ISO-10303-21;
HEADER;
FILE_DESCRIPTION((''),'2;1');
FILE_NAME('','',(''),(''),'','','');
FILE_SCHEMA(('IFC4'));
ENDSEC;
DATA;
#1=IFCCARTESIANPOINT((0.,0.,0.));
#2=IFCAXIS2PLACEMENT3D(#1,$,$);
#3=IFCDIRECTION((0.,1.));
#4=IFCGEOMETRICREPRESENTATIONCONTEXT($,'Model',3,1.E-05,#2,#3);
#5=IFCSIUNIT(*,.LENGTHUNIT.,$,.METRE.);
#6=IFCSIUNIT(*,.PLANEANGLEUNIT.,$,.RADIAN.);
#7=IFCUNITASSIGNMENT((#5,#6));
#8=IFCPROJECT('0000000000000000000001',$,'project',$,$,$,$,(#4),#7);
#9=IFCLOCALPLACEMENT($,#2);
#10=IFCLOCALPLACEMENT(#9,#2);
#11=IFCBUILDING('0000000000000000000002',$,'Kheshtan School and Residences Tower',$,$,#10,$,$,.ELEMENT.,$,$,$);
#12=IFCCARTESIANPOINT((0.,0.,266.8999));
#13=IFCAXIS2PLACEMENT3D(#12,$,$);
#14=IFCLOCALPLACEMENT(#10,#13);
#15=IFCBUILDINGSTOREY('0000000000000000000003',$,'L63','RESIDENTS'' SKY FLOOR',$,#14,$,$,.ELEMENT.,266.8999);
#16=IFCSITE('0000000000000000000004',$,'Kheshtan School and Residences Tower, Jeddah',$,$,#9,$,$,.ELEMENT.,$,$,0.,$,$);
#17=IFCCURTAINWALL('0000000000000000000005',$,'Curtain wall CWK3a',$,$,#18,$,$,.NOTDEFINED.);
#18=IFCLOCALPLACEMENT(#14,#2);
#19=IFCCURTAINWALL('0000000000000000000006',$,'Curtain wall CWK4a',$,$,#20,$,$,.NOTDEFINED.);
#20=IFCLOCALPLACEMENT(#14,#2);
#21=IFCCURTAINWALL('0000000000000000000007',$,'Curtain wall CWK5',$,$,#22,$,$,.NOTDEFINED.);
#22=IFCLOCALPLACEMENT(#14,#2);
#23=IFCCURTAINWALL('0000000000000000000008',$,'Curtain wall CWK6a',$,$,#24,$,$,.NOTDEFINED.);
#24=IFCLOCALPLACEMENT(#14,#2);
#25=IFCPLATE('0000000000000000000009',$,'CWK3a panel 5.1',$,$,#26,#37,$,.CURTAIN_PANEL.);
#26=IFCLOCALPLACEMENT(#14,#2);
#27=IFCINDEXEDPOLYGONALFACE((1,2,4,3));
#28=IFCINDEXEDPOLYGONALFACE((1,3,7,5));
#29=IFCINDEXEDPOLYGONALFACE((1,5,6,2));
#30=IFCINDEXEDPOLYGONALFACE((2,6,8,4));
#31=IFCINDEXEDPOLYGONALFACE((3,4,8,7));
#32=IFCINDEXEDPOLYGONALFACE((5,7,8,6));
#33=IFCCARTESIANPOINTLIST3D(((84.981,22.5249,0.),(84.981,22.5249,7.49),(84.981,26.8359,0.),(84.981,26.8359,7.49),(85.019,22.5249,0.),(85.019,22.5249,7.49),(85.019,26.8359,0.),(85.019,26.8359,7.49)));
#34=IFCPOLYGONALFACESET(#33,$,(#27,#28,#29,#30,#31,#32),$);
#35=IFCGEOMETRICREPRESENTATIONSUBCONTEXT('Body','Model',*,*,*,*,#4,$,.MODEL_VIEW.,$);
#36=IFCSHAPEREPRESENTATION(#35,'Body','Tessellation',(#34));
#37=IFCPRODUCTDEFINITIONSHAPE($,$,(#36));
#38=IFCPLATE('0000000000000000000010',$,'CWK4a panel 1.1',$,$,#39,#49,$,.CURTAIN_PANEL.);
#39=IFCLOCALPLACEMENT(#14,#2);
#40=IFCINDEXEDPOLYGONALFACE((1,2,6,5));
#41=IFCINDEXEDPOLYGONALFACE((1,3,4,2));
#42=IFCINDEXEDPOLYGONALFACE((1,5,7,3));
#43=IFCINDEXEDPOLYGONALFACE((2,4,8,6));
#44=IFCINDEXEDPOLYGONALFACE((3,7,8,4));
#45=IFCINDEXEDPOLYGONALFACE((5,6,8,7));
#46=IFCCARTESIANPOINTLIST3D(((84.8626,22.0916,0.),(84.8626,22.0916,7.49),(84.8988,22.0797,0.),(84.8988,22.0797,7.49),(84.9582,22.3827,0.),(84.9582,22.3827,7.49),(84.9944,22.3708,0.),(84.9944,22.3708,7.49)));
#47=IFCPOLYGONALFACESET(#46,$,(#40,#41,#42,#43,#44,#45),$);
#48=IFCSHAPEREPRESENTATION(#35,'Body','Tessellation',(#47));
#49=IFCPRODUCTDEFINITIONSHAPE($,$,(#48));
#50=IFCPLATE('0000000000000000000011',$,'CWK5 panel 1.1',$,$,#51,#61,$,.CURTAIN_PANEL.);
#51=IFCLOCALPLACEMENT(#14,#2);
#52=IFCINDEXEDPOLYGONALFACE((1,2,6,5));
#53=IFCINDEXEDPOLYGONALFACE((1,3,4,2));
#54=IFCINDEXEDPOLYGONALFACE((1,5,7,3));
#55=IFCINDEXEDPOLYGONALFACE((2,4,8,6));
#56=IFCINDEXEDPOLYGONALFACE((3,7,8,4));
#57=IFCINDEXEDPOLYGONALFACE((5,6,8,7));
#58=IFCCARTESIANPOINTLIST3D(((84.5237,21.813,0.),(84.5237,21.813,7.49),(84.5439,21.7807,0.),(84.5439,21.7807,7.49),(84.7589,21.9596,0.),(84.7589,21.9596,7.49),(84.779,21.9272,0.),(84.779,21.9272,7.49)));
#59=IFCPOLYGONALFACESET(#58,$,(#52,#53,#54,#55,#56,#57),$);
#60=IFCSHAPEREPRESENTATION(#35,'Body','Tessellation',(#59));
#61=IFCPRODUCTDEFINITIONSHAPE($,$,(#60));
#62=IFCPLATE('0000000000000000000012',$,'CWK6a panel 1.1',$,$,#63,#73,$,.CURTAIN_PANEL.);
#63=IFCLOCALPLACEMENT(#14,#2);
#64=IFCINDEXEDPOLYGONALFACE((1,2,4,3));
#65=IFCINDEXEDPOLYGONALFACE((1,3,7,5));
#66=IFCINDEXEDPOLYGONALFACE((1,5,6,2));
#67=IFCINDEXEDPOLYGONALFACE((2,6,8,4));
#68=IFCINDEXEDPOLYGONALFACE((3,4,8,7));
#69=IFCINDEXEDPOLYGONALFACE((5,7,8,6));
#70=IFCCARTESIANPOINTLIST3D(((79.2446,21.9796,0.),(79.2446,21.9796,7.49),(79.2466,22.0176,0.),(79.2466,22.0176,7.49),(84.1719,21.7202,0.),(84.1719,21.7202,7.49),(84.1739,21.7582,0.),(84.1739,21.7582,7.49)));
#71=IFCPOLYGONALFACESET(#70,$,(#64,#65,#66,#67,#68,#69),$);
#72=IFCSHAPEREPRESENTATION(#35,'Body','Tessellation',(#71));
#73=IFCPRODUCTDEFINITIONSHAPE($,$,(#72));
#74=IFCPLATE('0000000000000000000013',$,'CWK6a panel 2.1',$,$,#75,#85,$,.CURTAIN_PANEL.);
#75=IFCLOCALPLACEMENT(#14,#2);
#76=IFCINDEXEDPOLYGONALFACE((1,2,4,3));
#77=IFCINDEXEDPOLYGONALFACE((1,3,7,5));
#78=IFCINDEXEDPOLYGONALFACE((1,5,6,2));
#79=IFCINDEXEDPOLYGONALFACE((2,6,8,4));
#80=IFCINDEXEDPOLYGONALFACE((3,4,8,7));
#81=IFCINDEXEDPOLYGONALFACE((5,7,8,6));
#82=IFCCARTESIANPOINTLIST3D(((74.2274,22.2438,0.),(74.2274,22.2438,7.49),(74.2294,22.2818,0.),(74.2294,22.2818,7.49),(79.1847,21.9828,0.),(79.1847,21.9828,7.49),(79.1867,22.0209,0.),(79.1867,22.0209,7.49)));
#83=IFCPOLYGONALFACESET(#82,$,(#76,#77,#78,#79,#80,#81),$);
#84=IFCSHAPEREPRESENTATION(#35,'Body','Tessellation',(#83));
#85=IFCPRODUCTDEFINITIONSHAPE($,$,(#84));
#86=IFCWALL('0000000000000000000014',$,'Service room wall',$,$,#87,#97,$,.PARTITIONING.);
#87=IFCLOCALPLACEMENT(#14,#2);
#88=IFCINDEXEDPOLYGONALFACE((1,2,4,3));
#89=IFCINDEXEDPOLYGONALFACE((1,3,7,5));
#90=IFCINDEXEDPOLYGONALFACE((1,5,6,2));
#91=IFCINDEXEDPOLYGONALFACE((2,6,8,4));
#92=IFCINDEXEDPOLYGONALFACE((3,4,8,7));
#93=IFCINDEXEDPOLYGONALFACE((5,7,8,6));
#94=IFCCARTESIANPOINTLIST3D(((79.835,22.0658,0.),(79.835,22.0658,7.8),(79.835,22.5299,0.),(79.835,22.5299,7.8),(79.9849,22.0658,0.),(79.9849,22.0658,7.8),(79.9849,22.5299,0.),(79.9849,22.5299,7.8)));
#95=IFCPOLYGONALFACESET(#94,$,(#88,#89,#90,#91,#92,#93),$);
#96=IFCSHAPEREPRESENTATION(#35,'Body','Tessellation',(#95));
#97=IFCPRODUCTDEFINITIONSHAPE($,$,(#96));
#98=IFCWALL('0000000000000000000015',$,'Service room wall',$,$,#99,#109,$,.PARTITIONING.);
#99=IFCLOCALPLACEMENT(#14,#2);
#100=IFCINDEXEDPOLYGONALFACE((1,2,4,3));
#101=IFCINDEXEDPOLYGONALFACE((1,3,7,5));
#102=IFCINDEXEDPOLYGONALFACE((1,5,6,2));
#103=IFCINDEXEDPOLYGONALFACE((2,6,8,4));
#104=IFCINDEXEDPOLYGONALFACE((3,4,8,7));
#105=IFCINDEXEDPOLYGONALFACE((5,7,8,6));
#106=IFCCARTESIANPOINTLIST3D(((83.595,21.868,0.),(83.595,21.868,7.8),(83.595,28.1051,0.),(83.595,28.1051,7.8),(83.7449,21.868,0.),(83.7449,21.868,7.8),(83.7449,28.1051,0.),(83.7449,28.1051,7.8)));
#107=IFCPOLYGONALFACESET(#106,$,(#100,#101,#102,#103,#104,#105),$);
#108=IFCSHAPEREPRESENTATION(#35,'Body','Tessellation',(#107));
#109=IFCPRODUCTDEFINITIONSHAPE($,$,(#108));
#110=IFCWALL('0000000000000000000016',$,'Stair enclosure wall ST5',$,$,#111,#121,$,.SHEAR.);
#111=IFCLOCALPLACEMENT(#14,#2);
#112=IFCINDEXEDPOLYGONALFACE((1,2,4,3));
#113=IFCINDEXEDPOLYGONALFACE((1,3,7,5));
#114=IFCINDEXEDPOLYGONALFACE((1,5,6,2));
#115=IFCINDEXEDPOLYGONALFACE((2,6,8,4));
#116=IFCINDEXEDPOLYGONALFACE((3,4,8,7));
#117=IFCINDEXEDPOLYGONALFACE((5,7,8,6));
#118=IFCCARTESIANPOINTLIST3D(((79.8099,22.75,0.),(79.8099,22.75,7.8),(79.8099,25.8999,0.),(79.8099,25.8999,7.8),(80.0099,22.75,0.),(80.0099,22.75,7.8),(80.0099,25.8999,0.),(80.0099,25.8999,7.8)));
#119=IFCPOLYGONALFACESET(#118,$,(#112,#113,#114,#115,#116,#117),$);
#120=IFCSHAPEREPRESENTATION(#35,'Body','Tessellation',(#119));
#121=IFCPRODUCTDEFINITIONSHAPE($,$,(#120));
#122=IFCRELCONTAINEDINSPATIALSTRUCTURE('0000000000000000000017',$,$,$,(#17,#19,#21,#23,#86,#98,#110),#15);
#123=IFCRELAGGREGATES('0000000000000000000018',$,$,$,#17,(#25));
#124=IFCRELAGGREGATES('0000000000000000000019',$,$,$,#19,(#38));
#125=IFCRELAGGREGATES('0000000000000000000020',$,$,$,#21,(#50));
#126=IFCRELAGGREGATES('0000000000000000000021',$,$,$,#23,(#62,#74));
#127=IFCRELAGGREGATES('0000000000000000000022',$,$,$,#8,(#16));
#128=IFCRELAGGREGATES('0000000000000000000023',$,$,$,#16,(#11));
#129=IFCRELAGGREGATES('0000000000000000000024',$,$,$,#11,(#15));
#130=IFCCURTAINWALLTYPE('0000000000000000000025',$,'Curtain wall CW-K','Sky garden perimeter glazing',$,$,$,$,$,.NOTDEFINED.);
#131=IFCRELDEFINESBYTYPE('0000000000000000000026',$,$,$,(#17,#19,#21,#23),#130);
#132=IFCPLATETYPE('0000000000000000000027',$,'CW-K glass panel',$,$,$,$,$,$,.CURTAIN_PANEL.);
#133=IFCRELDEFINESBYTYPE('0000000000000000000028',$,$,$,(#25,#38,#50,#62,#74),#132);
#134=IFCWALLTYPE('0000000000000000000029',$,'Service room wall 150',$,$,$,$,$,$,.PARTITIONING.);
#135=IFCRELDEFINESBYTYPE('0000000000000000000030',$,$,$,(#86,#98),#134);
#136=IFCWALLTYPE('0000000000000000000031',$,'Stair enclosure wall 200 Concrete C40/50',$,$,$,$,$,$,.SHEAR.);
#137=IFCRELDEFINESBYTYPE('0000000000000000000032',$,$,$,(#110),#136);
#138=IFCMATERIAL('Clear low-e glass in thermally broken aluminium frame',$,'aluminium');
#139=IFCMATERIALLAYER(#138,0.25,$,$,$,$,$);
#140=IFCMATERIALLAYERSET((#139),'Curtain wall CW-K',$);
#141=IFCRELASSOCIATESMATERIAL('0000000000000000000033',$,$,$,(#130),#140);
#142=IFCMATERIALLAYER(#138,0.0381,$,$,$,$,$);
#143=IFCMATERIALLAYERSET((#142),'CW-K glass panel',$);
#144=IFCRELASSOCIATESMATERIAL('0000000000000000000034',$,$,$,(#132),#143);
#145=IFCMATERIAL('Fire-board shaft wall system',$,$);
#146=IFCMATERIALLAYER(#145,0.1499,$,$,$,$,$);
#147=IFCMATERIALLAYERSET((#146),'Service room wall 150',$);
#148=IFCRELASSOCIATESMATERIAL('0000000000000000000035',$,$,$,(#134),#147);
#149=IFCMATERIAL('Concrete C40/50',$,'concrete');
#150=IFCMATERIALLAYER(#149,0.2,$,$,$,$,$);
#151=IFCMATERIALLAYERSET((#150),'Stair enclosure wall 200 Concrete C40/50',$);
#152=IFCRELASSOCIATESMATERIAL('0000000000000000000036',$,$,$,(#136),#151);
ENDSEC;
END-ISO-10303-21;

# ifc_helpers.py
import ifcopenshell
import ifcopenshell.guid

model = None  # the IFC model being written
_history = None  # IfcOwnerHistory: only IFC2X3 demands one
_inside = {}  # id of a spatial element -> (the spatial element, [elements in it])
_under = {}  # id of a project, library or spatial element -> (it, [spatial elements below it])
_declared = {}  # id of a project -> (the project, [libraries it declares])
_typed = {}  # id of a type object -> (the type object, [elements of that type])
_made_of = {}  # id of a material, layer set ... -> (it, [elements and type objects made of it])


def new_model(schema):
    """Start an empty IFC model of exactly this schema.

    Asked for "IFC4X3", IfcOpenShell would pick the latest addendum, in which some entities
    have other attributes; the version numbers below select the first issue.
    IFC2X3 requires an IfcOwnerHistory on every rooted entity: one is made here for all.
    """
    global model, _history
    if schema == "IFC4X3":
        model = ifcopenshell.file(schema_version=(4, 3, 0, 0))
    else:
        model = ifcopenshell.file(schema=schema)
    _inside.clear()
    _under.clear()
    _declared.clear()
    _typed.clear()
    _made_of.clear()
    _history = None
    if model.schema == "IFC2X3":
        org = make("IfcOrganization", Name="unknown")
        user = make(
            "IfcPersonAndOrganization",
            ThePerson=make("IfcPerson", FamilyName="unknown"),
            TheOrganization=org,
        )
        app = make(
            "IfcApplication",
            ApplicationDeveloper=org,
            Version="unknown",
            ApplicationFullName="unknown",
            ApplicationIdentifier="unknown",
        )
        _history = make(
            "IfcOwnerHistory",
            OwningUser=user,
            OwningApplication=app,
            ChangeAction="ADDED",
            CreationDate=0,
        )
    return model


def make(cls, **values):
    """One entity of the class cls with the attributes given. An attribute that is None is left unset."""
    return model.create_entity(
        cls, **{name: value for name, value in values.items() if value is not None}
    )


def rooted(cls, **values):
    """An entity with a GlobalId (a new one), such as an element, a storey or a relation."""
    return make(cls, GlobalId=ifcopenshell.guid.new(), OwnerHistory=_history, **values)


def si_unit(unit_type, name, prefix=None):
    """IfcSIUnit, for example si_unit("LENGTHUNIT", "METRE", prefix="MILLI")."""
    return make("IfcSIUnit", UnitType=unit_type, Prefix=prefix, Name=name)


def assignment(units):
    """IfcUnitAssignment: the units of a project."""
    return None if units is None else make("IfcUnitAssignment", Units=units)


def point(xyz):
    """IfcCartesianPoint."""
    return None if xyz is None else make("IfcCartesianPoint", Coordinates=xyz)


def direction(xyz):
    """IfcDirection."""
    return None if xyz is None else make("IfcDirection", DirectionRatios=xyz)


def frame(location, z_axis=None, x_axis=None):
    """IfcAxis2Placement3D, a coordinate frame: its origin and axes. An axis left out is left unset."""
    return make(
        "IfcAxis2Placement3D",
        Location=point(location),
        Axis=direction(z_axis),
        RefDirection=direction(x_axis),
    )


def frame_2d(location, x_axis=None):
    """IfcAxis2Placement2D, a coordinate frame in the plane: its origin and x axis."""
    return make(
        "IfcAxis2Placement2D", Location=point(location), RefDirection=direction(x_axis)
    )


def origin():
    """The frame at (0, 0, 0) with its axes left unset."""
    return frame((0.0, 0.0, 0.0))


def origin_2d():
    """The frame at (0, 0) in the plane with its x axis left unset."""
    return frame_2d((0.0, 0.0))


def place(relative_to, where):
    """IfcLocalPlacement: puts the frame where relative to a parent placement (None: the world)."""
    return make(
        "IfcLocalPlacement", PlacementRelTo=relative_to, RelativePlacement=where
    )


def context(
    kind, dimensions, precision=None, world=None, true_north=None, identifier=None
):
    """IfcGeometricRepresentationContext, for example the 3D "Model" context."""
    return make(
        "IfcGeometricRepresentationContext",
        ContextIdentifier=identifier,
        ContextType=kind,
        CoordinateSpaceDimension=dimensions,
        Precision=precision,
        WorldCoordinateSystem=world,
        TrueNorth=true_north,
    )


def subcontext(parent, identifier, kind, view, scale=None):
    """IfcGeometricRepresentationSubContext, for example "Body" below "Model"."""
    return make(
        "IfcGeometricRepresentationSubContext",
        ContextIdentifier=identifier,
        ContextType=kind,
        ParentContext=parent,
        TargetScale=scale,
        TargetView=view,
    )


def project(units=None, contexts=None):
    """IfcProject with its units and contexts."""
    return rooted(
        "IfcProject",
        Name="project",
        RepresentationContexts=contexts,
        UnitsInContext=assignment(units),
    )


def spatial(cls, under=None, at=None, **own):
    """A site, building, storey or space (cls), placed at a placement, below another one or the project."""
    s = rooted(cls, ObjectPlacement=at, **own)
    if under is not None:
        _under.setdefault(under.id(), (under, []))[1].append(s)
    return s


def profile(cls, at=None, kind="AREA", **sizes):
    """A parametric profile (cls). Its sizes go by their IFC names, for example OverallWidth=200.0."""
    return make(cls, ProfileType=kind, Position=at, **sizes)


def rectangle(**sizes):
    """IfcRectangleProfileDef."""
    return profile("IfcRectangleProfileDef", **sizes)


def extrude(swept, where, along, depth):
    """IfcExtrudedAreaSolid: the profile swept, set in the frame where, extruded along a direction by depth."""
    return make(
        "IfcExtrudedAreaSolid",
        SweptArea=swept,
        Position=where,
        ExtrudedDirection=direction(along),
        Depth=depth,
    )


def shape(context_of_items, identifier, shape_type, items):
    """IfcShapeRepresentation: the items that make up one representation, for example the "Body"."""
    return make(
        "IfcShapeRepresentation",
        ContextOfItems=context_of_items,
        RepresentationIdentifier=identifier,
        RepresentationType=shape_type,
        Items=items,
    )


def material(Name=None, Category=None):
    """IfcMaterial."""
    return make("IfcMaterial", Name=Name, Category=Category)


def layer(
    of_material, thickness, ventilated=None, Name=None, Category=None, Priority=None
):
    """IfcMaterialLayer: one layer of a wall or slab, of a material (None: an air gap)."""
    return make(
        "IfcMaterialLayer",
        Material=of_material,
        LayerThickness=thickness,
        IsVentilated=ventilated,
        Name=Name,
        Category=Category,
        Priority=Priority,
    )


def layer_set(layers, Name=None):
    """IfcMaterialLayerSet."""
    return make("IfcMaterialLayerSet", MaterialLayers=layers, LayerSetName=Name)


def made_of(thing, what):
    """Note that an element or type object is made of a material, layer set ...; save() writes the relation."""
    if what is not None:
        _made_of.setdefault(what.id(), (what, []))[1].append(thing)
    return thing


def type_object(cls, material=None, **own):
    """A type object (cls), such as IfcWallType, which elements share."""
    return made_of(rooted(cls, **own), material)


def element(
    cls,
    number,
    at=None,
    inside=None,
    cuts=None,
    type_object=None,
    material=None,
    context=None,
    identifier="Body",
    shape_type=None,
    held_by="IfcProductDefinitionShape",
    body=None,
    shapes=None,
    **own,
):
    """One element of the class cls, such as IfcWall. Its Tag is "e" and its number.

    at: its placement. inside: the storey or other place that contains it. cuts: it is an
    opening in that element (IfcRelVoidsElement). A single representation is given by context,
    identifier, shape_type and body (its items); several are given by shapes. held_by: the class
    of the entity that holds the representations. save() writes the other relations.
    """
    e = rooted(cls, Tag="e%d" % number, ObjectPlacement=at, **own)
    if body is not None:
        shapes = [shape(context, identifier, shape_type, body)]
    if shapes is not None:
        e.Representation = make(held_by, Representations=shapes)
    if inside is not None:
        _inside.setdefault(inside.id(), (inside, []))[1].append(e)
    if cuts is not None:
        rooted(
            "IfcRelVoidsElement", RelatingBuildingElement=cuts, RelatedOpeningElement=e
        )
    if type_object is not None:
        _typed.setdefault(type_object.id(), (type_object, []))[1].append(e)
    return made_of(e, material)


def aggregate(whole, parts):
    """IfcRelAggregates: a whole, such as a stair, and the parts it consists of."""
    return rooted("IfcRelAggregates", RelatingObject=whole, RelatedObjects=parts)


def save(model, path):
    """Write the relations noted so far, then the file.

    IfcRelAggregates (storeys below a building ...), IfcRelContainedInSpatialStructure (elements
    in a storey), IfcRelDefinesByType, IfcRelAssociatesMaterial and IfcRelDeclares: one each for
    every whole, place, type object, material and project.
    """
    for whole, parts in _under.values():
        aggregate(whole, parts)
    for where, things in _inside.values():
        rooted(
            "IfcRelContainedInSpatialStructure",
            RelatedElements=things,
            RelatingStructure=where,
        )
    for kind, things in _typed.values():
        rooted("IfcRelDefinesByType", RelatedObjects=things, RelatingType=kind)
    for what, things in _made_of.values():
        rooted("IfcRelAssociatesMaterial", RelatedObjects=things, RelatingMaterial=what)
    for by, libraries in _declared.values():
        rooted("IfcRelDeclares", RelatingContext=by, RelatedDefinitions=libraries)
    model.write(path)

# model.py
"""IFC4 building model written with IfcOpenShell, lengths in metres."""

from ifc_helpers import new_model, si_unit, direction, frame, frame_2d, origin, origin_2d, place, context, subcontext, project, spatial, rectangle, extrude, material, layer, layer_set, type_object, element, aggregate, save


model = new_model("IFC4")

# Units and contexts
model_context = context("Model", 3, precision=1e-05, world=origin(), true_north=direction((0.0, 1.0)))
body_context = subcontext(model_context, "Body", "Model", "MODEL_VIEW")
ifc_project = project(units=[si_unit("LENGTHUNIT", "METRE"), si_unit("PLANEANGLEUNIT", "RADIAN")], contexts=[model_context])

# Site, building, storey
site_placement = place(None, origin())
site = spatial("IfcSite", under=ifc_project, at=site_placement, Name="Kheshtan School and Residences Tower, Jeddah", CompositionType="ELEMENT", RefElevation=0.0)
building_placement = place(site_placement, origin())
building = spatial("IfcBuilding", under=site, at=building_placement, Name="Kheshtan School and Residences Tower", CompositionType="ELEMENT")
storey_placement = place(building_placement, frame((0.0, 0.0, 266.8999)))
storey = spatial("IfcBuildingStorey", under=building, at=storey_placement, Name="L63", Description="RESIDENTS' SKY FLOOR", CompositionType="ELEMENT", Elevation=266.8999)

# Curtain wall
ifc_material_1 = material(Name="Clear low-e glass in thermally broken aluminium frame", Category="aluminium")
ifc_layer_1 = layer(ifc_material_1, 0.25)
ifc_layer_set_1 = layer_set([ifc_layer_1], Name="Curtain wall CW-K")
curtain_wall_type = type_object("IfcCurtainWallType", Name="Curtain wall CW-K", Description="Sky garden perimeter glazing", PredefinedType="NOTDEFINED", material=ifc_layer_set_1)
curtain_wall_1_placement = place(storey_placement, origin())
curtain_wall_1 = element("IfcCurtainWall", 1, at=curtain_wall_1_placement, inside=storey, type_object=curtain_wall_type, Name="Curtain wall CWK3a", PredefinedType="NOTDEFINED")

# Curtain walls
curtain_wall_2_placement = place(storey_placement, origin())
curtain_wall_2 = element("IfcCurtainWall", 2, at=curtain_wall_2_placement, inside=storey, type_object=curtain_wall_type, Name="Curtain wall CWK4a", PredefinedType="NOTDEFINED")
curtain_wall_3_placement = place(storey_placement, origin())
curtain_wall_3 = element("IfcCurtainWall", 3, at=curtain_wall_3_placement, inside=storey, type_object=curtain_wall_type, Name="Curtain wall CWK5", PredefinedType="NOTDEFINED")
curtain_wall_4_placement = place(storey_placement, origin())
curtain_wall_4 = element("IfcCurtainWall", 4, at=curtain_wall_4_placement, inside=storey, type_object=curtain_wall_type, Name="Curtain wall CWK6a", PredefinedType="NOTDEFINED")

# Plates
ifc_layer_2 = layer(ifc_material_1, 0.0381)
ifc_layer_set_2 = layer_set([ifc_layer_2], Name="CW-K glass panel")
plate_type = type_object("IfcPlateType", Name="CW-K glass panel", PredefinedType="CURTAIN_PANEL", material=ifc_layer_set_2)
plate_1_placement = place(storey_placement, frame((85.0, 24.6804, 0.0), z_axis=(0.0, 0.0, 1.0), x_axis=(0.0, -1.0, 0.0)))
plate_1 = element("IfcPlate", 5, at=plate_1_placement, type_object=plate_type, Name="CWK3a panel 5.1", PredefinedType="CURTAIN_PANEL", context=body_context, shape_type="SweptSolid", body=[
    extrude(rectangle(XDim=4.311, YDim=0.0381, at=origin_2d()), origin(), (0.0, 0.0, 1.0), 7.49),
])
aggregate(curtain_wall_1, [plate_1])
plate_2_placement = place(storey_placement, frame((84.9285, 22.2312, 0.0), z_axis=(0.0, 0.0, 1.0), x_axis=(-0.312002, -0.950081, 0.0)))
plate_2 = element("IfcPlate", 6, at=plate_2_placement, type_object=plate_type, Name="CWK4a panel 1.1", PredefinedType="CURTAIN_PANEL", context=body_context, shape_type="SweptSolid", body=[
    extrude(rectangle(XDim=0.3064, YDim=0.0381, at=origin_2d()), origin(), (0.0, 0.0, 1.0), 7.49),
])
aggregate(curtain_wall_2, [plate_2])
plate_3_placement = place(storey_placement, frame((84.6514, 21.8701, 0.0), z_axis=(0.0, 0.0, 1.0), x_axis=(-0.848705, -0.528867, 0.0)))
plate_3 = element("IfcPlate", 7, at=plate_3_placement, type_object=plate_type, Name="CWK5 panel 1.1", PredefinedType="CURTAIN_PANEL", context=body_context, shape_type="SweptSolid", body=[
    extrude(rectangle(XDim=0.2771, YDim=0.0381, at=origin_2d()), origin(), (0.0, 0.0, 1.0), 7.49),
])
aggregate(curtain_wall_3, [plate_3])
plate_4_placement = place(storey_placement, frame((81.7092, 21.8689, 0.0), z_axis=(0.0, 0.0, 1.0), x_axis=(-0.998617, 0.052566, 0.0)))
plate_4 = element("IfcPlate", 8, at=plate_4_placement, type_object=plate_type, Name="CWK6a panel 1.1", PredefinedType="CURTAIN_PANEL", context=body_context, shape_type="SweptSolid", body=[
    extrude(rectangle(XDim=4.9341, YDim=0.0381, at=origin_2d()), origin(), (0.0, 0.0, 1.0), 7.49),
])
plate_5_placement = place(storey_placement, frame((76.707, 22.1323, 0.0), z_axis=(0.0, 0.0, 1.0), x_axis=(-0.998617, 0.052566, 0.0)))
plate_5 = element("IfcPlate", 9, at=plate_5_placement, type_object=plate_type, Name="CWK6a panel 2.1", PredefinedType="CURTAIN_PANEL", context=body_context, shape_type="SweptSolid", body=[
    extrude(rectangle(XDim=4.9641, YDim=0.0381, at=origin_2d()), origin(), (0.0, 0.0, 1.0), 7.49),
])
aggregate(curtain_wall_4, [plate_4, plate_5])

# Walls
ifc_material_2 = material(Name="Fire-board shaft wall system")
ifc_layer_3 = layer(ifc_material_2, 0.1499)
ifc_layer_set_3 = layer_set([ifc_layer_3], Name="Service room wall 150")
wall_type_1 = type_object("IfcWallType", Name="Service room wall 150", PredefinedType="PARTITIONING", material=ifc_layer_set_3)
wall_1_placement = place(storey_placement, frame((79.9099, 22.0659, 0.0), z_axis=(0.0, 0.0, 1.0), x_axis=(0.0, 1.0, 0.0)))
element("IfcWall", 10, at=wall_1_placement, inside=storey, type_object=wall_type_1, Name="Service room wall", PredefinedType="PARTITIONING", context=body_context, shape_type="SweptSolid", body=[
    extrude(rectangle(XDim=0.4641, YDim=0.1499, at=frame_2d((0.2319, 0.0))), origin(), (0.0, 0.0, 1.0), 7.8),
])
wall_2_placement = place(storey_placement, frame((83.6699, 21.8679, 0.0), z_axis=(0.0, 0.0, 1.0), x_axis=(0.0, 1.0, 0.0)))
element("IfcWall", 11, at=wall_2_placement, inside=storey, type_object=wall_type_1, Name="Service room wall", PredefinedType="PARTITIONING", context=body_context, shape_type="SweptSolid", body=[
    extrude(rectangle(XDim=6.2371, YDim=0.1499, at=frame_2d((3.1187, 0.0))), origin(), (0.0, 0.0, 1.0), 7.8),
])
ifc_material_3 = material(Name="Concrete C40/50", Category="concrete")
ifc_layer_4 = layer(ifc_material_3, 0.2)
ifc_layer_set_4 = layer_set([ifc_layer_4], Name="Stair enclosure wall 200 Concrete C40/50")
wall_type_2 = type_object("IfcWallType", Name="Stair enclosure wall 200 Concrete C40/50", PredefinedType="SHEAR", material=ifc_layer_set_4)
wall_3_placement = place(storey_placement, frame((79.9099, 22.75, 0.0), z_axis=(0.0, 0.0, 1.0), x_axis=(0.0, 1.0, 0.0)))
element("IfcWall", 12, at=wall_3_placement, inside=storey, type_object=wall_type_2, Name="Stair enclosure wall ST5", PredefinedType="SHEAR", context=body_context, shape_type="SweptSolid", body=[
    extrude(rectangle(XDim=3.1499, YDim=0.2, at=frame_2d((1.575, 0.0))), origin(), (0.0, 0.0, 1.0), 7.8),
])

save(model, "model.ifc")
